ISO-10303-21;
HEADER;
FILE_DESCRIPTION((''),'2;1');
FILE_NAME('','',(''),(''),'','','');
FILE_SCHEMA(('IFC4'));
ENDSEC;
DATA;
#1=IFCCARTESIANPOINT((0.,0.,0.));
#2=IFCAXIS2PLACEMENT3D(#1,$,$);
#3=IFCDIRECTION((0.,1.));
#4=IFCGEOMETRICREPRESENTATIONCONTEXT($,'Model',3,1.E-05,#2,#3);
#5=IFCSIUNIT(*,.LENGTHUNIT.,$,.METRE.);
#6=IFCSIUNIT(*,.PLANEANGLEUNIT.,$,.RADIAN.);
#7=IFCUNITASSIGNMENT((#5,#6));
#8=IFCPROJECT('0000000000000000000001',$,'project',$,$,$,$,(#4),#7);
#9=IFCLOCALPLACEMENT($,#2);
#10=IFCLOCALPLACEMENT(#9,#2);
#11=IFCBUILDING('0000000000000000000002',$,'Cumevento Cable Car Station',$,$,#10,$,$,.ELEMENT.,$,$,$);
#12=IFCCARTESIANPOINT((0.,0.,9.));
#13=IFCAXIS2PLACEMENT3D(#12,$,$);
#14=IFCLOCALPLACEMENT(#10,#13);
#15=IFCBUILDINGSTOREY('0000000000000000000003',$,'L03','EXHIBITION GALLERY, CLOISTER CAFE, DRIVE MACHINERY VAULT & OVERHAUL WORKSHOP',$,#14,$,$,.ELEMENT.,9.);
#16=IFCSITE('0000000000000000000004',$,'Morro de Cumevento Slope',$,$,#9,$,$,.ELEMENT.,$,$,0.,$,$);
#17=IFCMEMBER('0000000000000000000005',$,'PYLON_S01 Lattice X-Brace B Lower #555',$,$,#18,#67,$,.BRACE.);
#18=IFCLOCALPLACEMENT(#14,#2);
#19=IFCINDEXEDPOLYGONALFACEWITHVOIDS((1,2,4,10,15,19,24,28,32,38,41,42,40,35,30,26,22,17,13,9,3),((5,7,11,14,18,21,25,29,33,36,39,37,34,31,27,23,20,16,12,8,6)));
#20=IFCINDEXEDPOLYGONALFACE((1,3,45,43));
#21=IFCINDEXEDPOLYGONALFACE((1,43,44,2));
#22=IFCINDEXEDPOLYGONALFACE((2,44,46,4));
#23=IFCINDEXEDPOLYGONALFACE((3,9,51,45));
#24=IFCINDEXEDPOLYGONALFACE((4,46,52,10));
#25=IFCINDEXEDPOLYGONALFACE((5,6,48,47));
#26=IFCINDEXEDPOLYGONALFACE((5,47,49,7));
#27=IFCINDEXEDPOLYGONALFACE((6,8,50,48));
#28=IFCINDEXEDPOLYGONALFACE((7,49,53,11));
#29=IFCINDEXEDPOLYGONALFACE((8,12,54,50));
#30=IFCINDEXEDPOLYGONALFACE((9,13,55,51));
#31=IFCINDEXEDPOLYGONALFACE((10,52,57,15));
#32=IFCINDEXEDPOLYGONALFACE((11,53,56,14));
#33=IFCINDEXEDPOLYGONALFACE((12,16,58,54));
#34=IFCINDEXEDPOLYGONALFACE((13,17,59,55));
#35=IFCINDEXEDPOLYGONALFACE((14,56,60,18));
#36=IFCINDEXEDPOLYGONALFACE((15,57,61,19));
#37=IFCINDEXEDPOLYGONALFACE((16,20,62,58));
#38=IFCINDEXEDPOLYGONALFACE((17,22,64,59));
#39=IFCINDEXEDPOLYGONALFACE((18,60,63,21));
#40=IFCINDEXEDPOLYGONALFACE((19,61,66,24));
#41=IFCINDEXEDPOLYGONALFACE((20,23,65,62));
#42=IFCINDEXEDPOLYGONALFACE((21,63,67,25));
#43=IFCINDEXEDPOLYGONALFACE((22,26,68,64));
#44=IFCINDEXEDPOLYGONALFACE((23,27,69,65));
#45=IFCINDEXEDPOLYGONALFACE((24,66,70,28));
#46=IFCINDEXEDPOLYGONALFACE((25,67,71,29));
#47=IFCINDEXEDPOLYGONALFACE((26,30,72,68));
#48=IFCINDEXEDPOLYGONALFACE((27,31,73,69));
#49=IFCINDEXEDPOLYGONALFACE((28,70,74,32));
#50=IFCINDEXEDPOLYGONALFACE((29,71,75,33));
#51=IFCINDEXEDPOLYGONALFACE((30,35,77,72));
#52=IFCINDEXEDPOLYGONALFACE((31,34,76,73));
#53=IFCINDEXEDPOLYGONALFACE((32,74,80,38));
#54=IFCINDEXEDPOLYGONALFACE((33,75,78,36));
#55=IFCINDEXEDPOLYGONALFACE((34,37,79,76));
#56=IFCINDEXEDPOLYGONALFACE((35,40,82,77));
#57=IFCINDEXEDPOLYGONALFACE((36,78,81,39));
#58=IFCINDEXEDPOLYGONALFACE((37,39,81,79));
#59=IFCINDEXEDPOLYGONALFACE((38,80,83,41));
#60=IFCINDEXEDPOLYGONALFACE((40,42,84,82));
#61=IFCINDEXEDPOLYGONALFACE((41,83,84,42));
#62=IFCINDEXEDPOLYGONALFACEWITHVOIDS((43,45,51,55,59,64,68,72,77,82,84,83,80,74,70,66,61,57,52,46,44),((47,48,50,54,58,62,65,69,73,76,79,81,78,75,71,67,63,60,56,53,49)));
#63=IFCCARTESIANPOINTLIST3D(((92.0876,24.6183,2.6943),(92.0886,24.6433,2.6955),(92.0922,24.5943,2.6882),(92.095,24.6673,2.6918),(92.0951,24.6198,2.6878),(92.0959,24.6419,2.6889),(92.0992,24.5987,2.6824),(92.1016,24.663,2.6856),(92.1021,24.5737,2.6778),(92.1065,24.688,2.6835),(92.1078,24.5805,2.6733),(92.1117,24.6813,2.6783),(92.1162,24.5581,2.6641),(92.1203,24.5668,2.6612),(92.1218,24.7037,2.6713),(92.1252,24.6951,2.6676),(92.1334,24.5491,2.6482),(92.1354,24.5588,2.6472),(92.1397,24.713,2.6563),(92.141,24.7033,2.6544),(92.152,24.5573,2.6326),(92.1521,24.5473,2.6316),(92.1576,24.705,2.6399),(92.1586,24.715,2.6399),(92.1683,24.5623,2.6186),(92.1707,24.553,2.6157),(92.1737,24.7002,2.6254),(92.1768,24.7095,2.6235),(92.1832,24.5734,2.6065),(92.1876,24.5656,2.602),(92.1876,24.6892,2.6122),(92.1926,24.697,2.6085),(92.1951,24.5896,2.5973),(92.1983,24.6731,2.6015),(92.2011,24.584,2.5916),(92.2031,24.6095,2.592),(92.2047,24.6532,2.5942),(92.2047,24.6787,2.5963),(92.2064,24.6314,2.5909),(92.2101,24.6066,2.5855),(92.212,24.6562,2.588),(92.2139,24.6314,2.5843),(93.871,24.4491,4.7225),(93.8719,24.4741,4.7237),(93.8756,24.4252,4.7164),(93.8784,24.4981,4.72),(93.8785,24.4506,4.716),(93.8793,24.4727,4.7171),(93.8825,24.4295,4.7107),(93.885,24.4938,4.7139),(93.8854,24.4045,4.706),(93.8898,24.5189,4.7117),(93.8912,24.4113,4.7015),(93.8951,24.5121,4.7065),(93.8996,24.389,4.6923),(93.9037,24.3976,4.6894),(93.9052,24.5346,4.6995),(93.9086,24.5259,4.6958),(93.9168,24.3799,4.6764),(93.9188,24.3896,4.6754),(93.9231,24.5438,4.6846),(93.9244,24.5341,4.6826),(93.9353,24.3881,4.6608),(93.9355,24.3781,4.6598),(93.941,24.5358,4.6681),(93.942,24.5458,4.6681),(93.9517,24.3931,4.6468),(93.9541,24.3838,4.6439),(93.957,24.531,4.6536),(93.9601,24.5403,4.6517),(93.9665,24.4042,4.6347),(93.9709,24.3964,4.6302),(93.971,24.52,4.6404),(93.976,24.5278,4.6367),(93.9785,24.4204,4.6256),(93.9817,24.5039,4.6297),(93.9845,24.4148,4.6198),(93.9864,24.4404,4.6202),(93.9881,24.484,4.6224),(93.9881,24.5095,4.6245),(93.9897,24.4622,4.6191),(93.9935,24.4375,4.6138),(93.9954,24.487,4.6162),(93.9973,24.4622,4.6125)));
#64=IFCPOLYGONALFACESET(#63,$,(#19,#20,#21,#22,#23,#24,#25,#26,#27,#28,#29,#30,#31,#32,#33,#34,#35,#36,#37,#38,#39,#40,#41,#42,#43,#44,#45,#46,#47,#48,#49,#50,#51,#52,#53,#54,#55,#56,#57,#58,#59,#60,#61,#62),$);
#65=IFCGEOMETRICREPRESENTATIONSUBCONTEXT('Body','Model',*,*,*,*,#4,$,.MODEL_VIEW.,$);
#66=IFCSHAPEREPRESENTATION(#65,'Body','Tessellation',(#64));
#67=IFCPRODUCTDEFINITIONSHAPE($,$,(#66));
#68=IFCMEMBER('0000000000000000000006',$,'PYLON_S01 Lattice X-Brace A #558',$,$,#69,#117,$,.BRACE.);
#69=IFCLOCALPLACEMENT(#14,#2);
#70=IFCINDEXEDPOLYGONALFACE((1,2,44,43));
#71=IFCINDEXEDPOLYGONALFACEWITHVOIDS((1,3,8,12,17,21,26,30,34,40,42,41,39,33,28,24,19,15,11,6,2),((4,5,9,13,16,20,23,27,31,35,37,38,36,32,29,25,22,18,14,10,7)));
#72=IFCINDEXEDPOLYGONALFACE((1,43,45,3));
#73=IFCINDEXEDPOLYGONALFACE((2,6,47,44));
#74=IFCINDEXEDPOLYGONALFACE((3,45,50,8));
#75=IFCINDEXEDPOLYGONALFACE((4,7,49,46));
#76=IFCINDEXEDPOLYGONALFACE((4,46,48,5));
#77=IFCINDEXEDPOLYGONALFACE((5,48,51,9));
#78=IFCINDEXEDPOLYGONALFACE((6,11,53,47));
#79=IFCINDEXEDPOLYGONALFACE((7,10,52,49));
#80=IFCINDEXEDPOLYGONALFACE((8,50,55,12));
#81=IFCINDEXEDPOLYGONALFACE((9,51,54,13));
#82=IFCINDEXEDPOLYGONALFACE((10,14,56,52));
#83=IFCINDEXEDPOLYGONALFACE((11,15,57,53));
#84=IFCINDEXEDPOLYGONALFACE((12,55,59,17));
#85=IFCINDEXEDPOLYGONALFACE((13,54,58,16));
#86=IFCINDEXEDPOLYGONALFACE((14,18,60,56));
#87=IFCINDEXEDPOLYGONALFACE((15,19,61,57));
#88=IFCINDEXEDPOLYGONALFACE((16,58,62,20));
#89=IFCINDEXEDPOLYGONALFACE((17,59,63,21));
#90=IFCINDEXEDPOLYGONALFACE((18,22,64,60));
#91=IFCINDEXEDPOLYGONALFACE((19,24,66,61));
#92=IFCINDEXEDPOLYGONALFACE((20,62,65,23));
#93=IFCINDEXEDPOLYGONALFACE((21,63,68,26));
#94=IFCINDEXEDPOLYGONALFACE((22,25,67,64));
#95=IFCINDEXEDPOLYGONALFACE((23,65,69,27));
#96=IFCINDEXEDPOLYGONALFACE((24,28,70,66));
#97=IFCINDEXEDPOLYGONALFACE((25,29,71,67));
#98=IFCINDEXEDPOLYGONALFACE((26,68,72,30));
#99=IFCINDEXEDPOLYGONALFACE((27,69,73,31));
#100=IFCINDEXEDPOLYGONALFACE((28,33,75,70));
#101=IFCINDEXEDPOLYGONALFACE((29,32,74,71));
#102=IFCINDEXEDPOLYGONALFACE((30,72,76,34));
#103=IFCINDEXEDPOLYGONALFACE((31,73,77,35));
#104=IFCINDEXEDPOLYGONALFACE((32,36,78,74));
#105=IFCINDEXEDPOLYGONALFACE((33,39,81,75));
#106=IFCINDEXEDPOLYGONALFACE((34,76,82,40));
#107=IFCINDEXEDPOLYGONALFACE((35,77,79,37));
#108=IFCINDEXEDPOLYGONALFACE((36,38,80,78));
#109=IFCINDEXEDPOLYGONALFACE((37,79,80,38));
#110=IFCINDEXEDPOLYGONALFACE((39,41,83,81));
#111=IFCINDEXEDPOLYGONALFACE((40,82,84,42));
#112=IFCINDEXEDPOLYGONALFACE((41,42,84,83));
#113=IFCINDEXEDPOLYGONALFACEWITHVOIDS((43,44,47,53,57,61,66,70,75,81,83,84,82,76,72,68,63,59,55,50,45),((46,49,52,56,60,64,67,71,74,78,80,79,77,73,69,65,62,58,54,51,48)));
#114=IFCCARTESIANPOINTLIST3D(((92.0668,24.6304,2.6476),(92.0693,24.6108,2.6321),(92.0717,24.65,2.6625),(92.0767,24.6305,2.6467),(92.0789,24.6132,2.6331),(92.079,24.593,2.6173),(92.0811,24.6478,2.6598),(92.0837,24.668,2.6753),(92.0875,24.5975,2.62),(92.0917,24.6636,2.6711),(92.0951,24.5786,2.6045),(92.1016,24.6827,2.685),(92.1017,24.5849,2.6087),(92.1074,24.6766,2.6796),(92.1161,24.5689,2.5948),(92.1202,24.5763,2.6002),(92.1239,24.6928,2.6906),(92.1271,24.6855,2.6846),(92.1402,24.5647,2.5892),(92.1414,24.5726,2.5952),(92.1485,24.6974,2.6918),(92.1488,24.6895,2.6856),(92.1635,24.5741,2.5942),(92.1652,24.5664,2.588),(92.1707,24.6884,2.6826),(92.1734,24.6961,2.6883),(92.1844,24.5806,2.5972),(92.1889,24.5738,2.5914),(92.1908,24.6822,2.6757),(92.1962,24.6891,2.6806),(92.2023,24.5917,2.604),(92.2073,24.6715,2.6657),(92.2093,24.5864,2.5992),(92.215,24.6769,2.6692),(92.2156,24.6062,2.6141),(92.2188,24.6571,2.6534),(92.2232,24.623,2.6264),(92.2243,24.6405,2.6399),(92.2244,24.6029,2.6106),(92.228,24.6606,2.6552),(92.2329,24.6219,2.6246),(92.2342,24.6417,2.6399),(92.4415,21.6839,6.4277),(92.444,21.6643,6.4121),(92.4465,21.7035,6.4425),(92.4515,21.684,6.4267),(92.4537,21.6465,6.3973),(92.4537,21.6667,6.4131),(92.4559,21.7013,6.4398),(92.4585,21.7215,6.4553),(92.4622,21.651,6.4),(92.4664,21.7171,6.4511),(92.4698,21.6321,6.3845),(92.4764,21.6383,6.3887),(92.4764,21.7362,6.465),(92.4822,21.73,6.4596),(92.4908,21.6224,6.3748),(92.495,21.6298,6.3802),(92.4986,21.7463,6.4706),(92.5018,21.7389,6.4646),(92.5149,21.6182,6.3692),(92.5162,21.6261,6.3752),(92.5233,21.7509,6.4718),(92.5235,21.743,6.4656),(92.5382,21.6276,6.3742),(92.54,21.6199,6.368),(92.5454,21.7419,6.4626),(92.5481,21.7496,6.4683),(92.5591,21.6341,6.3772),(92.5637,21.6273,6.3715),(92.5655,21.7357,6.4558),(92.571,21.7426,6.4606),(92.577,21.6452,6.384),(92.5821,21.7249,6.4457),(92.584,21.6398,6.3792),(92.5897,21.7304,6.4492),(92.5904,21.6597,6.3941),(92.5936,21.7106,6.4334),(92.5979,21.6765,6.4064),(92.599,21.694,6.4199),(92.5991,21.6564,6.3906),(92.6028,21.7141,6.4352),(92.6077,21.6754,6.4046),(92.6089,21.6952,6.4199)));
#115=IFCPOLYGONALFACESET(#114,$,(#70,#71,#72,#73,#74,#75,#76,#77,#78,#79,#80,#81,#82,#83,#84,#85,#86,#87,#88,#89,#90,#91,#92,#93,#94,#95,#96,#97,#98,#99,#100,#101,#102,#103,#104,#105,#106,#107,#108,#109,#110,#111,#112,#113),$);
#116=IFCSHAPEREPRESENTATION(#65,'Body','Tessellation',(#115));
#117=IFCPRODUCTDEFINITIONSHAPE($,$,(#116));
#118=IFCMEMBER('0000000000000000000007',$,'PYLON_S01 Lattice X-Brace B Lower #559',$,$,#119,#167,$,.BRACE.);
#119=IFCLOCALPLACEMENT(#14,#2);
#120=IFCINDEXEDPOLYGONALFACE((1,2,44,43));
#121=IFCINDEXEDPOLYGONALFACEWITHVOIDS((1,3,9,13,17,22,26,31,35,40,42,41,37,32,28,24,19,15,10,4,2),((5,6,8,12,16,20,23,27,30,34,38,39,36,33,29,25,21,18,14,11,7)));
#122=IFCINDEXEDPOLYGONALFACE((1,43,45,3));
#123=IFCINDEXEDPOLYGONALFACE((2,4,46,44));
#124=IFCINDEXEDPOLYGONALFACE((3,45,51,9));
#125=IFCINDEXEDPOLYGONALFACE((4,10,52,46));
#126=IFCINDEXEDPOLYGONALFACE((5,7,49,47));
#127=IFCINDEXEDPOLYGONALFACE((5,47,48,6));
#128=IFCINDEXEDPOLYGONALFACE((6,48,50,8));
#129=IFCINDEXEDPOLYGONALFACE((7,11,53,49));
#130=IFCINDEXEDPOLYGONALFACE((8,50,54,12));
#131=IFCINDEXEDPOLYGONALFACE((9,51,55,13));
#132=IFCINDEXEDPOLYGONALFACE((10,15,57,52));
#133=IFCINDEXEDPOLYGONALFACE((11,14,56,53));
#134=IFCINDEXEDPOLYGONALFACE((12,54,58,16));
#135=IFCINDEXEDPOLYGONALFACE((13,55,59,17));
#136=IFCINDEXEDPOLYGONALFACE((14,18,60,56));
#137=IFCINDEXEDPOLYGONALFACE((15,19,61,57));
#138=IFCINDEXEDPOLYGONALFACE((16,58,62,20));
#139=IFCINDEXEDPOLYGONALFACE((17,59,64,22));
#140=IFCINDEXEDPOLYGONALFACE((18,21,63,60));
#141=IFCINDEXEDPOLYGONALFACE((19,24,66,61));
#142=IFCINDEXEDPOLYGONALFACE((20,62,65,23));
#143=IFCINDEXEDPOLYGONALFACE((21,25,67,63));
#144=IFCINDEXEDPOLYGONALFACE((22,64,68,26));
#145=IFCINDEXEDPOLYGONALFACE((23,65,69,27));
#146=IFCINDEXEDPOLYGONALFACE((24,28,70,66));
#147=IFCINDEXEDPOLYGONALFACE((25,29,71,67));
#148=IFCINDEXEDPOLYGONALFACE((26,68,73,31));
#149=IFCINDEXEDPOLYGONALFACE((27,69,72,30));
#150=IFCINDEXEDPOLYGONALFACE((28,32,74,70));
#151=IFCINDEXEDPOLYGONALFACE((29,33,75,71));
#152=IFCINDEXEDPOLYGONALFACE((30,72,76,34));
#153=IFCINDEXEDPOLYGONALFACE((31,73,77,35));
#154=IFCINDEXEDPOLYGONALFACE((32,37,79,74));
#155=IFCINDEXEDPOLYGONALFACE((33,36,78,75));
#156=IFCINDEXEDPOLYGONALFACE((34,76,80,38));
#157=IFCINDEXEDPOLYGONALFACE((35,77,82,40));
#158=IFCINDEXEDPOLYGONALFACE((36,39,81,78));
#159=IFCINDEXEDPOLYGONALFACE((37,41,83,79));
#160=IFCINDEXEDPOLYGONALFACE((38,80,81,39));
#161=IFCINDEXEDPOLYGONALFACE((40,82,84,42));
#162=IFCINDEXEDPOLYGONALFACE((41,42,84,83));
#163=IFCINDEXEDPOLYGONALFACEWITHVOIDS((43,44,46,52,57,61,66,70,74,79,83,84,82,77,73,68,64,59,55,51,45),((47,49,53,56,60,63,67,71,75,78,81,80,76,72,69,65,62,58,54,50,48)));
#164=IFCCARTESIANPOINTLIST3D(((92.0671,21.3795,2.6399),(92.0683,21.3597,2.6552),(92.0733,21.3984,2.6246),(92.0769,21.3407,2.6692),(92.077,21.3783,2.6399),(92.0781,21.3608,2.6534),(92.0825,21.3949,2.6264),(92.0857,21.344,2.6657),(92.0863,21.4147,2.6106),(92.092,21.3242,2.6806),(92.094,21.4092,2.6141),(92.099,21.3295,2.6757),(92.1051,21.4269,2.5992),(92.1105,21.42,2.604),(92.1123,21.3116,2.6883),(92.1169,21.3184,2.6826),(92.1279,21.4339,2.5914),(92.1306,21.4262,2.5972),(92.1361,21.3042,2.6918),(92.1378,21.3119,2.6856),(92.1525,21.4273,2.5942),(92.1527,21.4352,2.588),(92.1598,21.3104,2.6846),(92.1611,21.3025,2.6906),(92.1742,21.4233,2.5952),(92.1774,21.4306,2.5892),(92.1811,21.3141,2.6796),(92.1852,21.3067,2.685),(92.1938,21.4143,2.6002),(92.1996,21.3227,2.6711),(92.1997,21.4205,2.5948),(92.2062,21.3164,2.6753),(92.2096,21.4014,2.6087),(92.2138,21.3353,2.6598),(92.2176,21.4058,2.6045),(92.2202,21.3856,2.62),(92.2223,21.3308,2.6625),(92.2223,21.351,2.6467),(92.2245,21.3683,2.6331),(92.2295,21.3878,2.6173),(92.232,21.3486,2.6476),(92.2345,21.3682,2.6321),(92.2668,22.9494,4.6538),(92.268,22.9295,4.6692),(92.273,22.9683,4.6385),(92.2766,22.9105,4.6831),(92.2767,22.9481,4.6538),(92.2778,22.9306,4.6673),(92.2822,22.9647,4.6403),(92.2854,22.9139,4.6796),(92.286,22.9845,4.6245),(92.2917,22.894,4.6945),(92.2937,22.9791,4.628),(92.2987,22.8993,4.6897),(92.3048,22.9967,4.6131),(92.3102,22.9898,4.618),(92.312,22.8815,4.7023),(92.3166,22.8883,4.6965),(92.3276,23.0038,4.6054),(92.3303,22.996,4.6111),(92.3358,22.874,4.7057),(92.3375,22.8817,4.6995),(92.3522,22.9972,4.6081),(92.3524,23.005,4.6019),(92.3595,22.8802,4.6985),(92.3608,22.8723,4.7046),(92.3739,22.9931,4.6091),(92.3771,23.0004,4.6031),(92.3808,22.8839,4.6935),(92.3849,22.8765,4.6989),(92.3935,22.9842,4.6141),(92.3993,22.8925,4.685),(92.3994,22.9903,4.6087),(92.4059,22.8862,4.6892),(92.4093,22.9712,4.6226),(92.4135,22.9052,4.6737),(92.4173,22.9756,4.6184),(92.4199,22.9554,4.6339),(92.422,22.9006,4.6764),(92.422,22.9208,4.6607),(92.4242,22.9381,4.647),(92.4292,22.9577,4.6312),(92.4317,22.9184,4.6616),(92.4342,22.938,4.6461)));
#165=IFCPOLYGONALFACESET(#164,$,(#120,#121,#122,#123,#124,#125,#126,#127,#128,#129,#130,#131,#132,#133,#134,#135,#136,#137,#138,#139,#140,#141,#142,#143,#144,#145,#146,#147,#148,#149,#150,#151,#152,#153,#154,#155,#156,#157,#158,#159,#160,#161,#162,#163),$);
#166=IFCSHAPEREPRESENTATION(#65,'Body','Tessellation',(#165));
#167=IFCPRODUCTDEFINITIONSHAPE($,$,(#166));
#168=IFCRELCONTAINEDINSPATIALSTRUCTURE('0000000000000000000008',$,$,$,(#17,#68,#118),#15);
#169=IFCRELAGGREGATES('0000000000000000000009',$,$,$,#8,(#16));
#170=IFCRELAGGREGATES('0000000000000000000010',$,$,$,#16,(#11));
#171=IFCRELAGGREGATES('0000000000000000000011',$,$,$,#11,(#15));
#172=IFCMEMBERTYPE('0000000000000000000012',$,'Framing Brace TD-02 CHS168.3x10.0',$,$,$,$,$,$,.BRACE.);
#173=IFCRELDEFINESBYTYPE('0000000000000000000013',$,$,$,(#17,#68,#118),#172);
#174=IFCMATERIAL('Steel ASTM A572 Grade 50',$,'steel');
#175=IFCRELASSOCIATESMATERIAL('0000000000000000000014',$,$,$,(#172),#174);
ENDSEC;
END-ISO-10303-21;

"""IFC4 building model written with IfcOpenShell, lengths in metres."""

from ifc_helpers import new_model, si_unit, direction, frame, origin, origin_2d, place, context, subcontext, project, spatial, hollow_circle, extrude, material, material_profile, profile_set, type_object, element, save


model = new_model("IFC4")

# Units and contexts
model_context = context("Model", 3, precision=1e-05, world=origin(), true_north=direction((0.0, 1.0)))
body_context = subcontext(model_context, "Body", "Model", "MODEL_VIEW")
ifc_project = project(units=[si_unit("LENGTHUNIT", "METRE"), si_unit("PLANEANGLEUNIT", "RADIAN")], contexts=[model_context])

# Site, building, storey
site_placement = place(None, origin())
site = spatial("IfcSite", under=ifc_project, at=site_placement, Name="Morro de Cumevento Slope", CompositionType="ELEMENT", RefElevation=0.0)
building_placement = place(site_placement, origin())
building = spatial("IfcBuilding", under=site, at=building_placement, Name="Cumevento Cable Car Station", CompositionType="ELEMENT")
storey_placement = place(building_placement, frame((0.0, 0.0, 9.0)))
storey = spatial("IfcBuildingStorey", under=building, at=storey_placement, Name="L03", Description="EXHIBITION GALLERY, CLOISTER CAFE, DRIVE MACHINERY VAULT & OVERHAUL WORKSHOP", CompositionType="ELEMENT", Elevation=9.0)

# Members
ifc_material_1 = material(Name="Steel ASTM A572 Grade 50", Category="steel")
ifc_material_profile_1 = material_profile(ifc_material_1, hollow_circle(Radius=0.0842, WallThickness=0.01, at=origin_2d()), Name="CHS168.3x10.0")
ifc_profile_set_1 = profile_set([ifc_material_profile_1], Name="Steel ASTM A572 Grade 50")
member_type_1 = type_object("IfcMemberType", Name="Framing Brace TD-02 CHS168.3x10.0", PredefinedType="BRACE", material=ifc_profile_set_1)
member_1_placement = place(storey_placement, frame((92.1506, 24.6311, 2.6399), z_axis=(0.659028, -0.06252, 0.749515), x_axis=(0.094443, 0.99553, 0.0)))
element("IfcMember", 1, at=member_1_placement, inside=storey, type_object=member_type_1, Name="PYLON_S01 Lattice X-Brace B Lower #555", PredefinedType="BRACE", context=body_context, shape_type="SweptSolid", body=[
    extrude(hollow_circle(Radius=0.0842, WallThickness=0.01, at=origin_2d()), origin(), (0.0, 0.0, 1.0), 2.7061),
])
member_2_placement = place(storey_placement, frame((92.1506, 24.6311, 2.6399), z_axis=(0.077954, -0.612916, 0.786293), x_axis=(0.992009, 0.126169, 0.0)))
element("IfcMember", 2, at=member_2_placement, inside=storey, type_object=member_type_1, Name="PYLON_S01 Lattice X-Brace A #558", PredefinedType="BRACE", context=body_context, shape_type="SweptSolid", body=[
    extrude(hollow_circle(Radius=0.0842, WallThickness=0.01, at=origin_2d()), origin(), (0.0, 0.0, 1.0), 4.8074),
])
member_3_placement = place(storey_placement, frame((92.1506, 21.3689, 2.6399), z_axis=(0.077972, 0.612909, 0.786297), x_axis=(-0.992005, 0.126199, 0.0)))
element("IfcMember", 3, at=member_3_placement, inside=storey, type_object=member_type_1, Name="PYLON_S01 Lattice X-Brace B Lower #559", PredefinedType="BRACE", context=body_context, shape_type="SweptSolid", body=[
    extrude(hollow_circle(Radius=0.0842, WallThickness=0.01, at=origin_2d()), origin(), (0.0, 0.0, 1.0), 2.5613),
])

save(model, "model.ifc")
